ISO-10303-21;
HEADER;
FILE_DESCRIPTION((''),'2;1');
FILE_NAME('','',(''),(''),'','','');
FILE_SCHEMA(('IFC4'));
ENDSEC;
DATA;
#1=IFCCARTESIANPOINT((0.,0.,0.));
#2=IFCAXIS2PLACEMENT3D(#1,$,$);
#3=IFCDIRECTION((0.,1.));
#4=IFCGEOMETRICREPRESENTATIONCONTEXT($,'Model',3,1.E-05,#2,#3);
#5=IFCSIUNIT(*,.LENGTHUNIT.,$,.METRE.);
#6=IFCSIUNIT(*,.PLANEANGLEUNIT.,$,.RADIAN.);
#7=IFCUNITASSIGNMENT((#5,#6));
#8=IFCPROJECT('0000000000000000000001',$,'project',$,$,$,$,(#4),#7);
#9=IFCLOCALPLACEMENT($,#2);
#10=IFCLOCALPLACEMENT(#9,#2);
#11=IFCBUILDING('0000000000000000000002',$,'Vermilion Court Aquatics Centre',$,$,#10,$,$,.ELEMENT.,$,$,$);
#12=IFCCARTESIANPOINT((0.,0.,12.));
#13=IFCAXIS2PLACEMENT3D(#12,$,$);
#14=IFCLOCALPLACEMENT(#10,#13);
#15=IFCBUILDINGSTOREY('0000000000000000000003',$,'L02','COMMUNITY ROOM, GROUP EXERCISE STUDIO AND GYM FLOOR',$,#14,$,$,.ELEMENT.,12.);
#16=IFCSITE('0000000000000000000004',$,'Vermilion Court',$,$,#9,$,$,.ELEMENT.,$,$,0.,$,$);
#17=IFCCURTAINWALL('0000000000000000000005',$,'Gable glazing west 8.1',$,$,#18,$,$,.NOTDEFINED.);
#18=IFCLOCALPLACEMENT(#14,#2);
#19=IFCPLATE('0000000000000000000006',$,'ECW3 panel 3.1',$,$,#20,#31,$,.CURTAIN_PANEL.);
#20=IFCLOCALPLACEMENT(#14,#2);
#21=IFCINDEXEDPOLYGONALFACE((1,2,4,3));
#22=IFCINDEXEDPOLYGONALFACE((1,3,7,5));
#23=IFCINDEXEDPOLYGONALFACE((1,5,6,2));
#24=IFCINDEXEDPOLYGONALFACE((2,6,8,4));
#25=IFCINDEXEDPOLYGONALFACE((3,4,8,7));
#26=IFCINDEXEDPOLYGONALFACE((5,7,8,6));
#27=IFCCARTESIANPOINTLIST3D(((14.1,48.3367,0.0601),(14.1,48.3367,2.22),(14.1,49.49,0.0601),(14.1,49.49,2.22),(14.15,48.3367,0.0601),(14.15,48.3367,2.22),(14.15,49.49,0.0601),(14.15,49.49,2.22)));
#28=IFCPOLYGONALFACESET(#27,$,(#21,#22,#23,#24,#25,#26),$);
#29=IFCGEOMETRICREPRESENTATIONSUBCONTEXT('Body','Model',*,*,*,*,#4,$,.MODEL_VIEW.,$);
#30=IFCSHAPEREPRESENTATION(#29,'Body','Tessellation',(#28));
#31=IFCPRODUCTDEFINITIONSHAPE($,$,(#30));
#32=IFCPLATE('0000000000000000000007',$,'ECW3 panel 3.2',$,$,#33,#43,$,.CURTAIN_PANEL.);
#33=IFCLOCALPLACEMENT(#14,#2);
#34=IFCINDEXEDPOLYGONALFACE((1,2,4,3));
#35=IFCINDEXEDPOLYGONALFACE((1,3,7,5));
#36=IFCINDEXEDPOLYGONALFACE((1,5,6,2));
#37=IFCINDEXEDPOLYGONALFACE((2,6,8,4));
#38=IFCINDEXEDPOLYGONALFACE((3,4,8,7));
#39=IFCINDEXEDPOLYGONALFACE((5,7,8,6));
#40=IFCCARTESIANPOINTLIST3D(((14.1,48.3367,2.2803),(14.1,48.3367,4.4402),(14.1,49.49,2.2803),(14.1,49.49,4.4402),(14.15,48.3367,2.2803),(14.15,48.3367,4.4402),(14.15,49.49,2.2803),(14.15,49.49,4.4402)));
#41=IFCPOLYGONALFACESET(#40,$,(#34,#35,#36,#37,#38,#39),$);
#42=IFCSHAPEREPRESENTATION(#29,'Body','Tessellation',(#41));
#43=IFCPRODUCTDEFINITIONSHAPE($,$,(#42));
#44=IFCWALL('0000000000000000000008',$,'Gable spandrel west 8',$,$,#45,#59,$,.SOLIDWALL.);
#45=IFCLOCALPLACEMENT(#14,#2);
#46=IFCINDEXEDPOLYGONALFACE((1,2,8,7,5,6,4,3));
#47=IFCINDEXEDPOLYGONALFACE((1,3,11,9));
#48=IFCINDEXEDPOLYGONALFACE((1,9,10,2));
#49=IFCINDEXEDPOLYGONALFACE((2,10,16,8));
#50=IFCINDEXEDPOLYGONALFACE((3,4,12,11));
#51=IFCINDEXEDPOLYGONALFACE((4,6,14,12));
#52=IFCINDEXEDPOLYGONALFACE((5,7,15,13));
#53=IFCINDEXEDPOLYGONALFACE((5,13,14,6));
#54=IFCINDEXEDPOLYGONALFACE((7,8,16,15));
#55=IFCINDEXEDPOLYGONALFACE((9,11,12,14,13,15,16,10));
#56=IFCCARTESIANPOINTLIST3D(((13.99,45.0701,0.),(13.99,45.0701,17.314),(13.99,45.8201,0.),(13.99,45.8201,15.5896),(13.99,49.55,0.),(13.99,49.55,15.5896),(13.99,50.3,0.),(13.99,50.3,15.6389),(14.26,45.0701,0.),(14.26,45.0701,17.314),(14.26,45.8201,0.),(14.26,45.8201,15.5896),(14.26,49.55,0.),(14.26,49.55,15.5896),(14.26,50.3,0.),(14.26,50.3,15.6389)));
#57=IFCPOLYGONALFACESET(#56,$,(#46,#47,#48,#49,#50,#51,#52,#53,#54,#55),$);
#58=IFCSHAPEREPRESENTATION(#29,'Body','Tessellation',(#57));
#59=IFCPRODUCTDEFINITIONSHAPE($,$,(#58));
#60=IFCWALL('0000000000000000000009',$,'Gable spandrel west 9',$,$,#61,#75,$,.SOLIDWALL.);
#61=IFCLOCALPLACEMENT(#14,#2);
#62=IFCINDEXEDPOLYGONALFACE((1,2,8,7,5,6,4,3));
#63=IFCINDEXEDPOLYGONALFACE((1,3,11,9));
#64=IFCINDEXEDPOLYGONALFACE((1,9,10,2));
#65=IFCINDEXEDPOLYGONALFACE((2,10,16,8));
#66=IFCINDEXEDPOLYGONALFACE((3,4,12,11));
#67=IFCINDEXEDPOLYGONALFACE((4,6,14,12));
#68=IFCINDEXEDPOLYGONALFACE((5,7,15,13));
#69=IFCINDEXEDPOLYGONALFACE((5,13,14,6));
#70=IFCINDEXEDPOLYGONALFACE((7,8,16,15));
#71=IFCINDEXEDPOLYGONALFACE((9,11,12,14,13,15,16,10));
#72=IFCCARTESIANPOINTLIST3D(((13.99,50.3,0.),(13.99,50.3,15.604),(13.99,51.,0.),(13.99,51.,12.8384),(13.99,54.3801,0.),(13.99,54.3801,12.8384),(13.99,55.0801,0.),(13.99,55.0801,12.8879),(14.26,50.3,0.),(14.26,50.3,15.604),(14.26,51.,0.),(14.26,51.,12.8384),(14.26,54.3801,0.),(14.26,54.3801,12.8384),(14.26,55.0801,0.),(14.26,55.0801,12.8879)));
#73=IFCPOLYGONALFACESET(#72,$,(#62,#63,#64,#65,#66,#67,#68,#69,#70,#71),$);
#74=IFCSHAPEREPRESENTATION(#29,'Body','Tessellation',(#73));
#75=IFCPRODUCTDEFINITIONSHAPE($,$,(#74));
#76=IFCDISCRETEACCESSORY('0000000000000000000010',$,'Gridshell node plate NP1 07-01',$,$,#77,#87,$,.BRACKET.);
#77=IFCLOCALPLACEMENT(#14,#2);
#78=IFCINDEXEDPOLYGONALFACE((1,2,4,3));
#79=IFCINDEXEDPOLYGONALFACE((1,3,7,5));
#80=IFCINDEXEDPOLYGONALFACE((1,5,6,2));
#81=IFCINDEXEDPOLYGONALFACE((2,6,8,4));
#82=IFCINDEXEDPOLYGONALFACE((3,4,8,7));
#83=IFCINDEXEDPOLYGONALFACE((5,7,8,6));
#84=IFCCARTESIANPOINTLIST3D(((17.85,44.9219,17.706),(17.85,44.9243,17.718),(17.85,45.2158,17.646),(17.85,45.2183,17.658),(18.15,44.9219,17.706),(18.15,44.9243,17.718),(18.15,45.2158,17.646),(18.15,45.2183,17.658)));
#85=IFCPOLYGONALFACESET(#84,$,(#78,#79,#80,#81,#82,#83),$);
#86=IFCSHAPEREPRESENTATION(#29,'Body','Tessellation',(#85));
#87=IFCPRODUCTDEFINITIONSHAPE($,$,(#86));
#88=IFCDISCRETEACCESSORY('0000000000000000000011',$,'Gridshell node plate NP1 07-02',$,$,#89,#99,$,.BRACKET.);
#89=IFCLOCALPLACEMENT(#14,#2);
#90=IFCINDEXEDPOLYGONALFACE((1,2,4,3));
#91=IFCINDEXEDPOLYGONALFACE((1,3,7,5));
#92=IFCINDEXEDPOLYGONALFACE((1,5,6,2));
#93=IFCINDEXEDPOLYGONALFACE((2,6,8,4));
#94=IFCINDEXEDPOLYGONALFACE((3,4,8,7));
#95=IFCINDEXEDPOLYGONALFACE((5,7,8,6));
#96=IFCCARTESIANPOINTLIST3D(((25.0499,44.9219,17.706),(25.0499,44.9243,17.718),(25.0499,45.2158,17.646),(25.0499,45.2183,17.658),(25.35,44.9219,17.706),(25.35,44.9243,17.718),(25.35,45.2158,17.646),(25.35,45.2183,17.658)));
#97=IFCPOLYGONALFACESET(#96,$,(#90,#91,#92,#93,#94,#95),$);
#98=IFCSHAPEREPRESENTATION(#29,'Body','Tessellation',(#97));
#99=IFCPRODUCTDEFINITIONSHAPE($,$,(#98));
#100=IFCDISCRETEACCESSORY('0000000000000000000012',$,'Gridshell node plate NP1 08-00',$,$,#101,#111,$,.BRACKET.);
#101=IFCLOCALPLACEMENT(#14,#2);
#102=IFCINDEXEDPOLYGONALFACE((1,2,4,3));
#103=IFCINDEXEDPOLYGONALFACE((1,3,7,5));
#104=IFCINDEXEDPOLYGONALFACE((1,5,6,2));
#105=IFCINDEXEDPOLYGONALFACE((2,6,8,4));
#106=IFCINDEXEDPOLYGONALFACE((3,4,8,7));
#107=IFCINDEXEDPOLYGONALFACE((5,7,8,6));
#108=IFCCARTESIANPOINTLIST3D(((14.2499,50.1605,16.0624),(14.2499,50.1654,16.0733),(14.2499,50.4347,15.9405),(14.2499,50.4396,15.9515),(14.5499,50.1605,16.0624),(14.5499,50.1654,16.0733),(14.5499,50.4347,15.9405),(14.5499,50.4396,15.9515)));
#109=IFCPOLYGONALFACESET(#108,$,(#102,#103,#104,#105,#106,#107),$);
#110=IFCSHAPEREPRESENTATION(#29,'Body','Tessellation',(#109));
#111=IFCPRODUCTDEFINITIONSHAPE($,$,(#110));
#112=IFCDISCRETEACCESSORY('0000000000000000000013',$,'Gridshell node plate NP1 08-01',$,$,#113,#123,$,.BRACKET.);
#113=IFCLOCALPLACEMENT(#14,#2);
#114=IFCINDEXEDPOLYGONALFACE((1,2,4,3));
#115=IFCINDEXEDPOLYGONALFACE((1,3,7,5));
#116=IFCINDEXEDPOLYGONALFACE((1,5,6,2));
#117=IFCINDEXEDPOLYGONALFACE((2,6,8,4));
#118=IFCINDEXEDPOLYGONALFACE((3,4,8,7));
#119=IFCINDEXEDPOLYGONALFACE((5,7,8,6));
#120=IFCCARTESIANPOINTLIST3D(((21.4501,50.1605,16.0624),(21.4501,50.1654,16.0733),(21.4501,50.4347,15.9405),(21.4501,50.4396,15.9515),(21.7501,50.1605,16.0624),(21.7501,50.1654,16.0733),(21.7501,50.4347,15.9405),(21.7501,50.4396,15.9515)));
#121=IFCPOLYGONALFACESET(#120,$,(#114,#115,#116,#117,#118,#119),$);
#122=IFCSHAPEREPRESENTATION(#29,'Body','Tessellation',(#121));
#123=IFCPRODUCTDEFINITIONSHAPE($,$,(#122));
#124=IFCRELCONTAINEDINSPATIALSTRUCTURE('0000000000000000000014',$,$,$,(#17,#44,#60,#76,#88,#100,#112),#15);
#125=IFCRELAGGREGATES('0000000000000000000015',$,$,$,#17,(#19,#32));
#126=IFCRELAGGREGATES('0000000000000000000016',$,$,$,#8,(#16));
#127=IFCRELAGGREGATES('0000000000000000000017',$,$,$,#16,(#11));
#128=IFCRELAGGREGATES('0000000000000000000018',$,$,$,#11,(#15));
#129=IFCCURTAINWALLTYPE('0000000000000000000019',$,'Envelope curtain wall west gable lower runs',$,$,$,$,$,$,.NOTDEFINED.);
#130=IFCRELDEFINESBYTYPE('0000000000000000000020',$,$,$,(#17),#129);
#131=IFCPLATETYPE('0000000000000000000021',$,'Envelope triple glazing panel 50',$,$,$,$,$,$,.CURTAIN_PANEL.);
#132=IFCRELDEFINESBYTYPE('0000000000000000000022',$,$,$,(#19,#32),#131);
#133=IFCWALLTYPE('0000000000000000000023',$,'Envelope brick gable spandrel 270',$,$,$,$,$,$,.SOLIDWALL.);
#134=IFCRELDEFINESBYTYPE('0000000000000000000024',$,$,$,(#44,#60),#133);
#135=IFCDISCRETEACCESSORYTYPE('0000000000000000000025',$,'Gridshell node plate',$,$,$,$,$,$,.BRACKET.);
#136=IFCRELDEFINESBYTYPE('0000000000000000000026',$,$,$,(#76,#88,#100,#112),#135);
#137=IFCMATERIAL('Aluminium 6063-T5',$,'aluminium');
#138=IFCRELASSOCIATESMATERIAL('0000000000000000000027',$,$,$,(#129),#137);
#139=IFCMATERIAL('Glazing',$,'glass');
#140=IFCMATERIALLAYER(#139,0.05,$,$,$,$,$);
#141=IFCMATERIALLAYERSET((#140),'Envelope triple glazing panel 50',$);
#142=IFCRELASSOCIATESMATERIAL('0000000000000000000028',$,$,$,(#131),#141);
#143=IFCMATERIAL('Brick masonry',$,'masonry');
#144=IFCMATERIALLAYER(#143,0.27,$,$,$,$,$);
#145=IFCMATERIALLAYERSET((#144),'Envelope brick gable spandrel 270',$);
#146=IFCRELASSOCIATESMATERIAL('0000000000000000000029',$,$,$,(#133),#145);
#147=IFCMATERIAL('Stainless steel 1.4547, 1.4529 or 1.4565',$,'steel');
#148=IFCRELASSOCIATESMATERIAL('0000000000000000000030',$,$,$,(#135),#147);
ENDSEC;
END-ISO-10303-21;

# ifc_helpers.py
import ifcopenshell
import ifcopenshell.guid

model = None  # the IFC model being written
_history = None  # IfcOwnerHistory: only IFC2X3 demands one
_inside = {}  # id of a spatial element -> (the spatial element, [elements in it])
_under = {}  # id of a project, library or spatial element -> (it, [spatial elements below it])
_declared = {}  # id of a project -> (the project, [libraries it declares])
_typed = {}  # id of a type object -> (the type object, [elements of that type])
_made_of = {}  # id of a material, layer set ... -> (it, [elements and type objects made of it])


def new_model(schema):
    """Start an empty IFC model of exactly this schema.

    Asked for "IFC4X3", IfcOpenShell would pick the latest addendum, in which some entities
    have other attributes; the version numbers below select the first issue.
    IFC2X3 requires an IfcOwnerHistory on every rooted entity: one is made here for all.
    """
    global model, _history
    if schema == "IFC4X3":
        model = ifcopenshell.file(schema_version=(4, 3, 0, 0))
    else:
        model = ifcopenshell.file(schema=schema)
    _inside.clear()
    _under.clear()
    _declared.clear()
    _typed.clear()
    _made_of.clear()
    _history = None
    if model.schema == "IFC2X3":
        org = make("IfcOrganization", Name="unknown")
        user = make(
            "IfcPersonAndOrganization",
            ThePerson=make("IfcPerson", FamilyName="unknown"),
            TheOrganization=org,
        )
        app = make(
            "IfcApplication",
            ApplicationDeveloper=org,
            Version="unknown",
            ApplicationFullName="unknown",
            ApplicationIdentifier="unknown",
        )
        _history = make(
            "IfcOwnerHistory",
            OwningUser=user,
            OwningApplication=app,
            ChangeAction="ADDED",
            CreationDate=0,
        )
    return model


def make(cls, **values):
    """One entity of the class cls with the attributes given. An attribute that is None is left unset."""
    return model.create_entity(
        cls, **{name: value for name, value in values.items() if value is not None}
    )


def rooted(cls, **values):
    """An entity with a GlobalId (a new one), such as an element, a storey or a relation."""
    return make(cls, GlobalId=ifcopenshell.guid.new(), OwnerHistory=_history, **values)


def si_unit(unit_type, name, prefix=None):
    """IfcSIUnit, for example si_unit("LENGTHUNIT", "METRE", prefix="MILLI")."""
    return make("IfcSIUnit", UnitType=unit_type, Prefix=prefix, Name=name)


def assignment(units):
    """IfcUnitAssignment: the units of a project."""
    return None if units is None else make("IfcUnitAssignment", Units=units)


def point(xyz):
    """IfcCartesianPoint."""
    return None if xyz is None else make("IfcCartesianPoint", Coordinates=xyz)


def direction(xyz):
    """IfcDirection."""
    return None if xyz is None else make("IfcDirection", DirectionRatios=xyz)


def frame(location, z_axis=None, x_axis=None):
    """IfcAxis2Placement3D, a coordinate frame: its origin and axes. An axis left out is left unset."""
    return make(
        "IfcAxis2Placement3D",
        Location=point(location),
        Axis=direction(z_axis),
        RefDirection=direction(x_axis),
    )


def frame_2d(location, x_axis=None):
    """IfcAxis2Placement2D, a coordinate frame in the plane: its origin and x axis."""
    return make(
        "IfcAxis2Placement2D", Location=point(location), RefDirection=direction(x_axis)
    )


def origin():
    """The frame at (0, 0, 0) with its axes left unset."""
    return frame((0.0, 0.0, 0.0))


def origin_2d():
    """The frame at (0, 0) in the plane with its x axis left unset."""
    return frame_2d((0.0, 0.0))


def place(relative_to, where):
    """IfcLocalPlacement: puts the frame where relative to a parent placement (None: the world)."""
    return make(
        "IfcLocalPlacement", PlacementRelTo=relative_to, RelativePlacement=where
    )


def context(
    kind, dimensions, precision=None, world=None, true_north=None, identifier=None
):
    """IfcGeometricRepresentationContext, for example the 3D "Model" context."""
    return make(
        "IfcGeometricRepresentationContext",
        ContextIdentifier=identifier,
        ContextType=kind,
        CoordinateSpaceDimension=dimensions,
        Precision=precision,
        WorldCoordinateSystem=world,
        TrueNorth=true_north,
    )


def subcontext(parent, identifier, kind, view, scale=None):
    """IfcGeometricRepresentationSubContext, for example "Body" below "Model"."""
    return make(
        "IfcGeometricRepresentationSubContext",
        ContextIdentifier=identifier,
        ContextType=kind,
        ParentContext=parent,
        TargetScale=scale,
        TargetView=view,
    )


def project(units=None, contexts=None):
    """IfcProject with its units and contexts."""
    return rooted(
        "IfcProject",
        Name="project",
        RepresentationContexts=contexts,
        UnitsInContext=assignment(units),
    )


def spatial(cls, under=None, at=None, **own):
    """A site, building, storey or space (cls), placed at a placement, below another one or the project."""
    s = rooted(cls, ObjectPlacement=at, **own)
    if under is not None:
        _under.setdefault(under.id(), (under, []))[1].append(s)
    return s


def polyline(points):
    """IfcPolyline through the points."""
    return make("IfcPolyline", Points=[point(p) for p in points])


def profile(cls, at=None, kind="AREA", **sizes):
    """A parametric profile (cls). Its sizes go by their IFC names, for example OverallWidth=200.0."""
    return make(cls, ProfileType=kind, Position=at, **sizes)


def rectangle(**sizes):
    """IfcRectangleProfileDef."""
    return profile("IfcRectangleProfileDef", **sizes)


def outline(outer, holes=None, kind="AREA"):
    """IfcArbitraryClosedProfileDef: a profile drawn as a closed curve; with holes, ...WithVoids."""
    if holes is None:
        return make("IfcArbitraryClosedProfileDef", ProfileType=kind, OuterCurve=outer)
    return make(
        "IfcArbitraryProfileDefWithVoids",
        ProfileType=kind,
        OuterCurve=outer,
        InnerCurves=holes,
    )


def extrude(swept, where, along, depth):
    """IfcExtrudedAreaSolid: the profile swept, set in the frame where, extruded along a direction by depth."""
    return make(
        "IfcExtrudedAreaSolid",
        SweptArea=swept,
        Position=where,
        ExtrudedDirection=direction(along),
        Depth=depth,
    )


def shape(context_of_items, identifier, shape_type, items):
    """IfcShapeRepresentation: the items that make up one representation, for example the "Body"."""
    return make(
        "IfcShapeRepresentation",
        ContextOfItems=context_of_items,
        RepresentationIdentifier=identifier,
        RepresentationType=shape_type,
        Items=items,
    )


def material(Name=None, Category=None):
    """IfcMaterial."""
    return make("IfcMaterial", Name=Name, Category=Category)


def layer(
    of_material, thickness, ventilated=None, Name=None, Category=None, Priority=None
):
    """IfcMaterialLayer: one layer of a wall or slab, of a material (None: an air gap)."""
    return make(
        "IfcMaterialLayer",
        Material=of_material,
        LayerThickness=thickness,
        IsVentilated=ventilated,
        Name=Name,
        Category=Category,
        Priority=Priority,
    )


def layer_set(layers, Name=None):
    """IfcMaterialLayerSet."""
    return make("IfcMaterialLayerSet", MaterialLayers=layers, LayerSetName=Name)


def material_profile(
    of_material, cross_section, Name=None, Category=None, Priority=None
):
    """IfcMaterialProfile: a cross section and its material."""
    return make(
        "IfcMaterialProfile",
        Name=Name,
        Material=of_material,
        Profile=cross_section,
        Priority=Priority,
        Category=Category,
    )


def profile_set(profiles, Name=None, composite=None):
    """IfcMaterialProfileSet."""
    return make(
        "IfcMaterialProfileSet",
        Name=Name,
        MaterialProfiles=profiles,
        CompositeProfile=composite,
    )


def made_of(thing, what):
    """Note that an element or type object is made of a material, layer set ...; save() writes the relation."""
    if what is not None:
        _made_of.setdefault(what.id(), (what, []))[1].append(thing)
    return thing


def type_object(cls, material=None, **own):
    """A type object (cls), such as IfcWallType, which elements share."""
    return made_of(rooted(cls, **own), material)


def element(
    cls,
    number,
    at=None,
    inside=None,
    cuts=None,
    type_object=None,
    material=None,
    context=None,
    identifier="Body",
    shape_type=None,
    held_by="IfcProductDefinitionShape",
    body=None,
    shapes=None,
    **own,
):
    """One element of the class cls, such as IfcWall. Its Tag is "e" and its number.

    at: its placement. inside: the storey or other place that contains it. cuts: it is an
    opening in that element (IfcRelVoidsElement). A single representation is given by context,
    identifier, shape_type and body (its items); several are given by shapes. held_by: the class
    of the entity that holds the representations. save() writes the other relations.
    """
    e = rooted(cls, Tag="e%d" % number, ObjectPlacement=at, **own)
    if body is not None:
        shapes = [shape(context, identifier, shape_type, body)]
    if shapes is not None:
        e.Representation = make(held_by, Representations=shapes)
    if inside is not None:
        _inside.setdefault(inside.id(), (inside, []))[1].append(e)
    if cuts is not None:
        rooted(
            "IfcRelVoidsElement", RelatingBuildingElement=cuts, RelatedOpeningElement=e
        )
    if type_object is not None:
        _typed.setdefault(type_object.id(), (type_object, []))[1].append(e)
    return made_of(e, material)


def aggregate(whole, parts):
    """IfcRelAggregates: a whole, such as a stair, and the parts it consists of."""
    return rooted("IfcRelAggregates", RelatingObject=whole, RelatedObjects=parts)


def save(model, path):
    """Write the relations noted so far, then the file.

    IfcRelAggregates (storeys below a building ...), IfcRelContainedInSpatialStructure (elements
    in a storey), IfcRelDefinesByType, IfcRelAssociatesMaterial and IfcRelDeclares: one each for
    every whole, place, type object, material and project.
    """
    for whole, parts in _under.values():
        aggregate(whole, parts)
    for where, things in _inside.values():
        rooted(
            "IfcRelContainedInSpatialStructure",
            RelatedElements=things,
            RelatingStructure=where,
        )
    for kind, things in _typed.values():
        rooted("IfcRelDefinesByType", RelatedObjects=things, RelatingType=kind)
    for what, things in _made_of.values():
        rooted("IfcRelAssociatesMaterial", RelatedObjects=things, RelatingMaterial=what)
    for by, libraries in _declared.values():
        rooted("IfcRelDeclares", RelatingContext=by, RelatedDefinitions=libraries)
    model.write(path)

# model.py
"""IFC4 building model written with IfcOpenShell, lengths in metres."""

from ifc_helpers import new_model, si_unit, direction, frame, origin, origin_2d, place, context, subcontext, project, spatial, polyline, rectangle, outline, extrude, material, layer, layer_set, material_profile, profile_set, type_object, element, aggregate, save


model = new_model("IFC4")

# Units and contexts
model_context = context("Model", 3, precision=1e-05, world=origin(), true_north=direction((0.0, 1.0)))
body_context = subcontext(model_context, "Body", "Model", "MODEL_VIEW")
ifc_project = project(units=[si_unit("LENGTHUNIT", "METRE"), si_unit("PLANEANGLEUNIT", "RADIAN")], contexts=[model_context])

# Site, building, storey
site_placement = place(None, origin())
site = spatial("IfcSite", under=ifc_project, at=site_placement, Name="Vermilion Court", CompositionType="ELEMENT", RefElevation=0.0)
building_placement = place(site_placement, origin())
building = spatial("IfcBuilding", under=site, at=building_placement, Name="Vermilion Court Aquatics Centre", CompositionType="ELEMENT")
storey_placement = place(building_placement, frame((0.0, 0.0, 12.0)))
storey = spatial("IfcBuildingStorey", under=building, at=storey_placement, Name="L02", Description="COMMUNITY ROOM, GROUP EXERCISE STUDIO AND GYM FLOOR", CompositionType="ELEMENT", Elevation=12.0)

# Curtain wall
ifc_material_1 = material(Name="Aluminium 6063-T5", Category="aluminium")
curtain_wall_type = type_object("IfcCurtainWallType", Name="Envelope curtain wall west gable lower runs", PredefinedType="NOTDEFINED", material=ifc_material_1)
curtain_wall_placement = place(storey_placement, origin())
curtain_wall = element("IfcCurtainWall", 1, at=curtain_wall_placement, inside=storey, type_object=curtain_wall_type, Name="Gable glazing west 8.1", PredefinedType="NOTDEFINED")

# Plates
ifc_material_2 = material(Name="Glazing", Category="glass")
ifc_layer_1 = layer(ifc_material_2, 0.05)
ifc_layer_set_1 = layer_set([ifc_layer_1], Name="Envelope triple glazing panel 50")
plate_type = type_object("IfcPlateType", Name="Envelope triple glazing panel 50", PredefinedType="CURTAIN_PANEL", material=ifc_layer_set_1)
plate_1_placement = place(storey_placement, frame((14.125, 48.9133, 0.0601), z_axis=(0.0, 0.0, 1.0), x_axis=(0.0, 1.0, 0.0)))
plate_1 = element("IfcPlate", 2, at=plate_1_placement, type_object=plate_type, Name="ECW3 panel 3.1", PredefinedType="CURTAIN_PANEL", context=body_context, shape_type="SweptSolid", body=[
    extrude(rectangle(XDim=1.1533, YDim=0.05, at=origin_2d()), origin(), (0.0, 0.0, 1.0), 2.1599),
])
plate_2_placement = place(storey_placement, frame((14.125, 48.9133, 2.2803), z_axis=(0.0, 0.0, 1.0), x_axis=(0.0, 1.0, 0.0)))
plate_2 = element("IfcPlate", 3, at=plate_2_placement, type_object=plate_type, Name="ECW3 panel 3.2", PredefinedType="CURTAIN_PANEL", context=body_context, shape_type="SweptSolid", body=[
    extrude(rectangle(XDim=1.1533, YDim=0.05, at=origin_2d()), origin(), (0.0, 0.0, 1.0), 2.1599),
])
aggregate(curtain_wall, [plate_1, plate_2])

# Walls
ifc_material_3 = material(Name="Brick masonry", Category="masonry")
ifc_layer_2 = layer(ifc_material_3, 0.27)
ifc_layer_set_2 = layer_set([ifc_layer_2], Name="Envelope brick gable spandrel 270")
wall_type = type_object("IfcWallType", Name="Envelope brick gable spandrel 270", PredefinedType="SOLIDWALL", material=ifc_layer_set_2)
wall_1_placement = place(storey_placement, frame((14.125, 45.0701, 0.0), z_axis=(0.0, 0.0, 1.0), x_axis=(0.0, 1.0, 0.0)))
element("IfcWall", 4, at=wall_1_placement, inside=storey, type_object=wall_type, Name="Gable spandrel west 8", PredefinedType="SOLIDWALL", context=body_context, shape_type="SweptSolid", body=[
    extrude(outline(polyline([(0.0, 0.0), (0.75, 0.0), (0.75, 15.5896), (4.48, 15.5896), (4.48, 0.0), (5.23, 0.0), (5.23, 15.6389), (0.0, 17.314), (0.0, 0.0)])), frame((0.0, 0.135, 0.0), z_axis=(0.0, -1.0, 0.0), x_axis=(1.0, 0.0, 0.0)), (0.0, 0.0, 1.0), 0.27),
])
wall_2_placement = place(storey_placement, frame((14.125, 50.3, 0.0), z_axis=(0.0, 0.0, 1.0), x_axis=(0.0, 1.0, 0.0)))
element("IfcWall", 5, at=wall_2_placement, inside=storey, type_object=wall_type, Name="Gable spandrel west 9", PredefinedType="SOLIDWALL", context=body_context, shape_type="SweptSolid", body=[
    extrude(outline(polyline([(0.0, 0.0), (0.7, 0.0), (0.7, 12.8384), (4.0801, 12.8384), (4.0801, 0.0), (4.78, 0.0), (4.78, 12.8879), (0.0, 15.604), (0.0, 0.0)])), frame((0.0, 0.135, 0.0), z_axis=(0.0, -1.0, 0.0), x_axis=(1.0, 0.0, 0.0)), (0.0, 0.0, 1.0), 0.27),
])

# Discrete accessories
ifc_material_4 = material(Name="Stainless steel 1.4547, 1.4529 or 1.4565", Category="steel")
ifc_material_profile_1 = material_profile(ifc_material_4, rectangle(XDim=0.3, YDim=0.3, at=origin_2d()), Name="PL 12 x 300 x 300")
ifc_profile_set_1 = profile_set([ifc_material_profile_1], Name="Stainless steel 1.4547, 1.4529 or 1.4565")
discrete_accessory_type = type_object("IfcDiscreteAccessoryType", Name="Gridshell node plate", PredefinedType="BRACKET", material=ifc_profile_set_1)
for number, where, z_axis, x_axis, name in (
    (6, (18.0, 45.0688, 17.676), (0.0, 0.19996, 0.979804), (-1.0, 0.0, 0.0), "Gridshell node plate NP1 07-01"),
    (7, (25.2, 45.0688, 17.676), (0.0, 0.19996, 0.979804), (-1.0, 0.0, 0.0), "Gridshell node plate NP1 07-02"),
):
    element("IfcDiscreteAccessory", number, at=place(storey_placement, frame(where, z_axis=z_axis, x_axis=x_axis)), inside=storey, type_object=discrete_accessory_type, Name=name, PredefinedType="BRACKET", context=body_context, shape_type="SweptSolid", body=[
        extrude(rectangle(XDim=0.3, YDim=0.3, at=origin_2d()), origin(), (0.0, 0.0, 1.0), 0.0122),
    ])
for number, where, z_axis, x_axis, name in (
    (8, (14.3999, 50.2976, 16.0015), (0.0, 0.406138, 0.913812), (-1.0, 0.0, 0.0), "Gridshell node plate NP1 08-00"),
    (9, (21.6001, 50.2976, 16.0015), (0.0, 0.406138, 0.913812), (-1.0, 0.0, 0.0), "Gridshell node plate NP1 08-01"),
):
    element("IfcDiscreteAccessory", number, at=place(storey_placement, frame(where, z_axis=z_axis, x_axis=x_axis)), inside=storey, type_object=discrete_accessory_type, Name=name, PredefinedType="BRACKET", context=body_context, shape_type="SweptSolid", body=[
        extrude(rectangle(XDim=0.3, YDim=0.3, at=origin_2d()), origin(), (0.0, 0.0, 1.0), 0.012),
    ])

save(model, "model.ifc")
